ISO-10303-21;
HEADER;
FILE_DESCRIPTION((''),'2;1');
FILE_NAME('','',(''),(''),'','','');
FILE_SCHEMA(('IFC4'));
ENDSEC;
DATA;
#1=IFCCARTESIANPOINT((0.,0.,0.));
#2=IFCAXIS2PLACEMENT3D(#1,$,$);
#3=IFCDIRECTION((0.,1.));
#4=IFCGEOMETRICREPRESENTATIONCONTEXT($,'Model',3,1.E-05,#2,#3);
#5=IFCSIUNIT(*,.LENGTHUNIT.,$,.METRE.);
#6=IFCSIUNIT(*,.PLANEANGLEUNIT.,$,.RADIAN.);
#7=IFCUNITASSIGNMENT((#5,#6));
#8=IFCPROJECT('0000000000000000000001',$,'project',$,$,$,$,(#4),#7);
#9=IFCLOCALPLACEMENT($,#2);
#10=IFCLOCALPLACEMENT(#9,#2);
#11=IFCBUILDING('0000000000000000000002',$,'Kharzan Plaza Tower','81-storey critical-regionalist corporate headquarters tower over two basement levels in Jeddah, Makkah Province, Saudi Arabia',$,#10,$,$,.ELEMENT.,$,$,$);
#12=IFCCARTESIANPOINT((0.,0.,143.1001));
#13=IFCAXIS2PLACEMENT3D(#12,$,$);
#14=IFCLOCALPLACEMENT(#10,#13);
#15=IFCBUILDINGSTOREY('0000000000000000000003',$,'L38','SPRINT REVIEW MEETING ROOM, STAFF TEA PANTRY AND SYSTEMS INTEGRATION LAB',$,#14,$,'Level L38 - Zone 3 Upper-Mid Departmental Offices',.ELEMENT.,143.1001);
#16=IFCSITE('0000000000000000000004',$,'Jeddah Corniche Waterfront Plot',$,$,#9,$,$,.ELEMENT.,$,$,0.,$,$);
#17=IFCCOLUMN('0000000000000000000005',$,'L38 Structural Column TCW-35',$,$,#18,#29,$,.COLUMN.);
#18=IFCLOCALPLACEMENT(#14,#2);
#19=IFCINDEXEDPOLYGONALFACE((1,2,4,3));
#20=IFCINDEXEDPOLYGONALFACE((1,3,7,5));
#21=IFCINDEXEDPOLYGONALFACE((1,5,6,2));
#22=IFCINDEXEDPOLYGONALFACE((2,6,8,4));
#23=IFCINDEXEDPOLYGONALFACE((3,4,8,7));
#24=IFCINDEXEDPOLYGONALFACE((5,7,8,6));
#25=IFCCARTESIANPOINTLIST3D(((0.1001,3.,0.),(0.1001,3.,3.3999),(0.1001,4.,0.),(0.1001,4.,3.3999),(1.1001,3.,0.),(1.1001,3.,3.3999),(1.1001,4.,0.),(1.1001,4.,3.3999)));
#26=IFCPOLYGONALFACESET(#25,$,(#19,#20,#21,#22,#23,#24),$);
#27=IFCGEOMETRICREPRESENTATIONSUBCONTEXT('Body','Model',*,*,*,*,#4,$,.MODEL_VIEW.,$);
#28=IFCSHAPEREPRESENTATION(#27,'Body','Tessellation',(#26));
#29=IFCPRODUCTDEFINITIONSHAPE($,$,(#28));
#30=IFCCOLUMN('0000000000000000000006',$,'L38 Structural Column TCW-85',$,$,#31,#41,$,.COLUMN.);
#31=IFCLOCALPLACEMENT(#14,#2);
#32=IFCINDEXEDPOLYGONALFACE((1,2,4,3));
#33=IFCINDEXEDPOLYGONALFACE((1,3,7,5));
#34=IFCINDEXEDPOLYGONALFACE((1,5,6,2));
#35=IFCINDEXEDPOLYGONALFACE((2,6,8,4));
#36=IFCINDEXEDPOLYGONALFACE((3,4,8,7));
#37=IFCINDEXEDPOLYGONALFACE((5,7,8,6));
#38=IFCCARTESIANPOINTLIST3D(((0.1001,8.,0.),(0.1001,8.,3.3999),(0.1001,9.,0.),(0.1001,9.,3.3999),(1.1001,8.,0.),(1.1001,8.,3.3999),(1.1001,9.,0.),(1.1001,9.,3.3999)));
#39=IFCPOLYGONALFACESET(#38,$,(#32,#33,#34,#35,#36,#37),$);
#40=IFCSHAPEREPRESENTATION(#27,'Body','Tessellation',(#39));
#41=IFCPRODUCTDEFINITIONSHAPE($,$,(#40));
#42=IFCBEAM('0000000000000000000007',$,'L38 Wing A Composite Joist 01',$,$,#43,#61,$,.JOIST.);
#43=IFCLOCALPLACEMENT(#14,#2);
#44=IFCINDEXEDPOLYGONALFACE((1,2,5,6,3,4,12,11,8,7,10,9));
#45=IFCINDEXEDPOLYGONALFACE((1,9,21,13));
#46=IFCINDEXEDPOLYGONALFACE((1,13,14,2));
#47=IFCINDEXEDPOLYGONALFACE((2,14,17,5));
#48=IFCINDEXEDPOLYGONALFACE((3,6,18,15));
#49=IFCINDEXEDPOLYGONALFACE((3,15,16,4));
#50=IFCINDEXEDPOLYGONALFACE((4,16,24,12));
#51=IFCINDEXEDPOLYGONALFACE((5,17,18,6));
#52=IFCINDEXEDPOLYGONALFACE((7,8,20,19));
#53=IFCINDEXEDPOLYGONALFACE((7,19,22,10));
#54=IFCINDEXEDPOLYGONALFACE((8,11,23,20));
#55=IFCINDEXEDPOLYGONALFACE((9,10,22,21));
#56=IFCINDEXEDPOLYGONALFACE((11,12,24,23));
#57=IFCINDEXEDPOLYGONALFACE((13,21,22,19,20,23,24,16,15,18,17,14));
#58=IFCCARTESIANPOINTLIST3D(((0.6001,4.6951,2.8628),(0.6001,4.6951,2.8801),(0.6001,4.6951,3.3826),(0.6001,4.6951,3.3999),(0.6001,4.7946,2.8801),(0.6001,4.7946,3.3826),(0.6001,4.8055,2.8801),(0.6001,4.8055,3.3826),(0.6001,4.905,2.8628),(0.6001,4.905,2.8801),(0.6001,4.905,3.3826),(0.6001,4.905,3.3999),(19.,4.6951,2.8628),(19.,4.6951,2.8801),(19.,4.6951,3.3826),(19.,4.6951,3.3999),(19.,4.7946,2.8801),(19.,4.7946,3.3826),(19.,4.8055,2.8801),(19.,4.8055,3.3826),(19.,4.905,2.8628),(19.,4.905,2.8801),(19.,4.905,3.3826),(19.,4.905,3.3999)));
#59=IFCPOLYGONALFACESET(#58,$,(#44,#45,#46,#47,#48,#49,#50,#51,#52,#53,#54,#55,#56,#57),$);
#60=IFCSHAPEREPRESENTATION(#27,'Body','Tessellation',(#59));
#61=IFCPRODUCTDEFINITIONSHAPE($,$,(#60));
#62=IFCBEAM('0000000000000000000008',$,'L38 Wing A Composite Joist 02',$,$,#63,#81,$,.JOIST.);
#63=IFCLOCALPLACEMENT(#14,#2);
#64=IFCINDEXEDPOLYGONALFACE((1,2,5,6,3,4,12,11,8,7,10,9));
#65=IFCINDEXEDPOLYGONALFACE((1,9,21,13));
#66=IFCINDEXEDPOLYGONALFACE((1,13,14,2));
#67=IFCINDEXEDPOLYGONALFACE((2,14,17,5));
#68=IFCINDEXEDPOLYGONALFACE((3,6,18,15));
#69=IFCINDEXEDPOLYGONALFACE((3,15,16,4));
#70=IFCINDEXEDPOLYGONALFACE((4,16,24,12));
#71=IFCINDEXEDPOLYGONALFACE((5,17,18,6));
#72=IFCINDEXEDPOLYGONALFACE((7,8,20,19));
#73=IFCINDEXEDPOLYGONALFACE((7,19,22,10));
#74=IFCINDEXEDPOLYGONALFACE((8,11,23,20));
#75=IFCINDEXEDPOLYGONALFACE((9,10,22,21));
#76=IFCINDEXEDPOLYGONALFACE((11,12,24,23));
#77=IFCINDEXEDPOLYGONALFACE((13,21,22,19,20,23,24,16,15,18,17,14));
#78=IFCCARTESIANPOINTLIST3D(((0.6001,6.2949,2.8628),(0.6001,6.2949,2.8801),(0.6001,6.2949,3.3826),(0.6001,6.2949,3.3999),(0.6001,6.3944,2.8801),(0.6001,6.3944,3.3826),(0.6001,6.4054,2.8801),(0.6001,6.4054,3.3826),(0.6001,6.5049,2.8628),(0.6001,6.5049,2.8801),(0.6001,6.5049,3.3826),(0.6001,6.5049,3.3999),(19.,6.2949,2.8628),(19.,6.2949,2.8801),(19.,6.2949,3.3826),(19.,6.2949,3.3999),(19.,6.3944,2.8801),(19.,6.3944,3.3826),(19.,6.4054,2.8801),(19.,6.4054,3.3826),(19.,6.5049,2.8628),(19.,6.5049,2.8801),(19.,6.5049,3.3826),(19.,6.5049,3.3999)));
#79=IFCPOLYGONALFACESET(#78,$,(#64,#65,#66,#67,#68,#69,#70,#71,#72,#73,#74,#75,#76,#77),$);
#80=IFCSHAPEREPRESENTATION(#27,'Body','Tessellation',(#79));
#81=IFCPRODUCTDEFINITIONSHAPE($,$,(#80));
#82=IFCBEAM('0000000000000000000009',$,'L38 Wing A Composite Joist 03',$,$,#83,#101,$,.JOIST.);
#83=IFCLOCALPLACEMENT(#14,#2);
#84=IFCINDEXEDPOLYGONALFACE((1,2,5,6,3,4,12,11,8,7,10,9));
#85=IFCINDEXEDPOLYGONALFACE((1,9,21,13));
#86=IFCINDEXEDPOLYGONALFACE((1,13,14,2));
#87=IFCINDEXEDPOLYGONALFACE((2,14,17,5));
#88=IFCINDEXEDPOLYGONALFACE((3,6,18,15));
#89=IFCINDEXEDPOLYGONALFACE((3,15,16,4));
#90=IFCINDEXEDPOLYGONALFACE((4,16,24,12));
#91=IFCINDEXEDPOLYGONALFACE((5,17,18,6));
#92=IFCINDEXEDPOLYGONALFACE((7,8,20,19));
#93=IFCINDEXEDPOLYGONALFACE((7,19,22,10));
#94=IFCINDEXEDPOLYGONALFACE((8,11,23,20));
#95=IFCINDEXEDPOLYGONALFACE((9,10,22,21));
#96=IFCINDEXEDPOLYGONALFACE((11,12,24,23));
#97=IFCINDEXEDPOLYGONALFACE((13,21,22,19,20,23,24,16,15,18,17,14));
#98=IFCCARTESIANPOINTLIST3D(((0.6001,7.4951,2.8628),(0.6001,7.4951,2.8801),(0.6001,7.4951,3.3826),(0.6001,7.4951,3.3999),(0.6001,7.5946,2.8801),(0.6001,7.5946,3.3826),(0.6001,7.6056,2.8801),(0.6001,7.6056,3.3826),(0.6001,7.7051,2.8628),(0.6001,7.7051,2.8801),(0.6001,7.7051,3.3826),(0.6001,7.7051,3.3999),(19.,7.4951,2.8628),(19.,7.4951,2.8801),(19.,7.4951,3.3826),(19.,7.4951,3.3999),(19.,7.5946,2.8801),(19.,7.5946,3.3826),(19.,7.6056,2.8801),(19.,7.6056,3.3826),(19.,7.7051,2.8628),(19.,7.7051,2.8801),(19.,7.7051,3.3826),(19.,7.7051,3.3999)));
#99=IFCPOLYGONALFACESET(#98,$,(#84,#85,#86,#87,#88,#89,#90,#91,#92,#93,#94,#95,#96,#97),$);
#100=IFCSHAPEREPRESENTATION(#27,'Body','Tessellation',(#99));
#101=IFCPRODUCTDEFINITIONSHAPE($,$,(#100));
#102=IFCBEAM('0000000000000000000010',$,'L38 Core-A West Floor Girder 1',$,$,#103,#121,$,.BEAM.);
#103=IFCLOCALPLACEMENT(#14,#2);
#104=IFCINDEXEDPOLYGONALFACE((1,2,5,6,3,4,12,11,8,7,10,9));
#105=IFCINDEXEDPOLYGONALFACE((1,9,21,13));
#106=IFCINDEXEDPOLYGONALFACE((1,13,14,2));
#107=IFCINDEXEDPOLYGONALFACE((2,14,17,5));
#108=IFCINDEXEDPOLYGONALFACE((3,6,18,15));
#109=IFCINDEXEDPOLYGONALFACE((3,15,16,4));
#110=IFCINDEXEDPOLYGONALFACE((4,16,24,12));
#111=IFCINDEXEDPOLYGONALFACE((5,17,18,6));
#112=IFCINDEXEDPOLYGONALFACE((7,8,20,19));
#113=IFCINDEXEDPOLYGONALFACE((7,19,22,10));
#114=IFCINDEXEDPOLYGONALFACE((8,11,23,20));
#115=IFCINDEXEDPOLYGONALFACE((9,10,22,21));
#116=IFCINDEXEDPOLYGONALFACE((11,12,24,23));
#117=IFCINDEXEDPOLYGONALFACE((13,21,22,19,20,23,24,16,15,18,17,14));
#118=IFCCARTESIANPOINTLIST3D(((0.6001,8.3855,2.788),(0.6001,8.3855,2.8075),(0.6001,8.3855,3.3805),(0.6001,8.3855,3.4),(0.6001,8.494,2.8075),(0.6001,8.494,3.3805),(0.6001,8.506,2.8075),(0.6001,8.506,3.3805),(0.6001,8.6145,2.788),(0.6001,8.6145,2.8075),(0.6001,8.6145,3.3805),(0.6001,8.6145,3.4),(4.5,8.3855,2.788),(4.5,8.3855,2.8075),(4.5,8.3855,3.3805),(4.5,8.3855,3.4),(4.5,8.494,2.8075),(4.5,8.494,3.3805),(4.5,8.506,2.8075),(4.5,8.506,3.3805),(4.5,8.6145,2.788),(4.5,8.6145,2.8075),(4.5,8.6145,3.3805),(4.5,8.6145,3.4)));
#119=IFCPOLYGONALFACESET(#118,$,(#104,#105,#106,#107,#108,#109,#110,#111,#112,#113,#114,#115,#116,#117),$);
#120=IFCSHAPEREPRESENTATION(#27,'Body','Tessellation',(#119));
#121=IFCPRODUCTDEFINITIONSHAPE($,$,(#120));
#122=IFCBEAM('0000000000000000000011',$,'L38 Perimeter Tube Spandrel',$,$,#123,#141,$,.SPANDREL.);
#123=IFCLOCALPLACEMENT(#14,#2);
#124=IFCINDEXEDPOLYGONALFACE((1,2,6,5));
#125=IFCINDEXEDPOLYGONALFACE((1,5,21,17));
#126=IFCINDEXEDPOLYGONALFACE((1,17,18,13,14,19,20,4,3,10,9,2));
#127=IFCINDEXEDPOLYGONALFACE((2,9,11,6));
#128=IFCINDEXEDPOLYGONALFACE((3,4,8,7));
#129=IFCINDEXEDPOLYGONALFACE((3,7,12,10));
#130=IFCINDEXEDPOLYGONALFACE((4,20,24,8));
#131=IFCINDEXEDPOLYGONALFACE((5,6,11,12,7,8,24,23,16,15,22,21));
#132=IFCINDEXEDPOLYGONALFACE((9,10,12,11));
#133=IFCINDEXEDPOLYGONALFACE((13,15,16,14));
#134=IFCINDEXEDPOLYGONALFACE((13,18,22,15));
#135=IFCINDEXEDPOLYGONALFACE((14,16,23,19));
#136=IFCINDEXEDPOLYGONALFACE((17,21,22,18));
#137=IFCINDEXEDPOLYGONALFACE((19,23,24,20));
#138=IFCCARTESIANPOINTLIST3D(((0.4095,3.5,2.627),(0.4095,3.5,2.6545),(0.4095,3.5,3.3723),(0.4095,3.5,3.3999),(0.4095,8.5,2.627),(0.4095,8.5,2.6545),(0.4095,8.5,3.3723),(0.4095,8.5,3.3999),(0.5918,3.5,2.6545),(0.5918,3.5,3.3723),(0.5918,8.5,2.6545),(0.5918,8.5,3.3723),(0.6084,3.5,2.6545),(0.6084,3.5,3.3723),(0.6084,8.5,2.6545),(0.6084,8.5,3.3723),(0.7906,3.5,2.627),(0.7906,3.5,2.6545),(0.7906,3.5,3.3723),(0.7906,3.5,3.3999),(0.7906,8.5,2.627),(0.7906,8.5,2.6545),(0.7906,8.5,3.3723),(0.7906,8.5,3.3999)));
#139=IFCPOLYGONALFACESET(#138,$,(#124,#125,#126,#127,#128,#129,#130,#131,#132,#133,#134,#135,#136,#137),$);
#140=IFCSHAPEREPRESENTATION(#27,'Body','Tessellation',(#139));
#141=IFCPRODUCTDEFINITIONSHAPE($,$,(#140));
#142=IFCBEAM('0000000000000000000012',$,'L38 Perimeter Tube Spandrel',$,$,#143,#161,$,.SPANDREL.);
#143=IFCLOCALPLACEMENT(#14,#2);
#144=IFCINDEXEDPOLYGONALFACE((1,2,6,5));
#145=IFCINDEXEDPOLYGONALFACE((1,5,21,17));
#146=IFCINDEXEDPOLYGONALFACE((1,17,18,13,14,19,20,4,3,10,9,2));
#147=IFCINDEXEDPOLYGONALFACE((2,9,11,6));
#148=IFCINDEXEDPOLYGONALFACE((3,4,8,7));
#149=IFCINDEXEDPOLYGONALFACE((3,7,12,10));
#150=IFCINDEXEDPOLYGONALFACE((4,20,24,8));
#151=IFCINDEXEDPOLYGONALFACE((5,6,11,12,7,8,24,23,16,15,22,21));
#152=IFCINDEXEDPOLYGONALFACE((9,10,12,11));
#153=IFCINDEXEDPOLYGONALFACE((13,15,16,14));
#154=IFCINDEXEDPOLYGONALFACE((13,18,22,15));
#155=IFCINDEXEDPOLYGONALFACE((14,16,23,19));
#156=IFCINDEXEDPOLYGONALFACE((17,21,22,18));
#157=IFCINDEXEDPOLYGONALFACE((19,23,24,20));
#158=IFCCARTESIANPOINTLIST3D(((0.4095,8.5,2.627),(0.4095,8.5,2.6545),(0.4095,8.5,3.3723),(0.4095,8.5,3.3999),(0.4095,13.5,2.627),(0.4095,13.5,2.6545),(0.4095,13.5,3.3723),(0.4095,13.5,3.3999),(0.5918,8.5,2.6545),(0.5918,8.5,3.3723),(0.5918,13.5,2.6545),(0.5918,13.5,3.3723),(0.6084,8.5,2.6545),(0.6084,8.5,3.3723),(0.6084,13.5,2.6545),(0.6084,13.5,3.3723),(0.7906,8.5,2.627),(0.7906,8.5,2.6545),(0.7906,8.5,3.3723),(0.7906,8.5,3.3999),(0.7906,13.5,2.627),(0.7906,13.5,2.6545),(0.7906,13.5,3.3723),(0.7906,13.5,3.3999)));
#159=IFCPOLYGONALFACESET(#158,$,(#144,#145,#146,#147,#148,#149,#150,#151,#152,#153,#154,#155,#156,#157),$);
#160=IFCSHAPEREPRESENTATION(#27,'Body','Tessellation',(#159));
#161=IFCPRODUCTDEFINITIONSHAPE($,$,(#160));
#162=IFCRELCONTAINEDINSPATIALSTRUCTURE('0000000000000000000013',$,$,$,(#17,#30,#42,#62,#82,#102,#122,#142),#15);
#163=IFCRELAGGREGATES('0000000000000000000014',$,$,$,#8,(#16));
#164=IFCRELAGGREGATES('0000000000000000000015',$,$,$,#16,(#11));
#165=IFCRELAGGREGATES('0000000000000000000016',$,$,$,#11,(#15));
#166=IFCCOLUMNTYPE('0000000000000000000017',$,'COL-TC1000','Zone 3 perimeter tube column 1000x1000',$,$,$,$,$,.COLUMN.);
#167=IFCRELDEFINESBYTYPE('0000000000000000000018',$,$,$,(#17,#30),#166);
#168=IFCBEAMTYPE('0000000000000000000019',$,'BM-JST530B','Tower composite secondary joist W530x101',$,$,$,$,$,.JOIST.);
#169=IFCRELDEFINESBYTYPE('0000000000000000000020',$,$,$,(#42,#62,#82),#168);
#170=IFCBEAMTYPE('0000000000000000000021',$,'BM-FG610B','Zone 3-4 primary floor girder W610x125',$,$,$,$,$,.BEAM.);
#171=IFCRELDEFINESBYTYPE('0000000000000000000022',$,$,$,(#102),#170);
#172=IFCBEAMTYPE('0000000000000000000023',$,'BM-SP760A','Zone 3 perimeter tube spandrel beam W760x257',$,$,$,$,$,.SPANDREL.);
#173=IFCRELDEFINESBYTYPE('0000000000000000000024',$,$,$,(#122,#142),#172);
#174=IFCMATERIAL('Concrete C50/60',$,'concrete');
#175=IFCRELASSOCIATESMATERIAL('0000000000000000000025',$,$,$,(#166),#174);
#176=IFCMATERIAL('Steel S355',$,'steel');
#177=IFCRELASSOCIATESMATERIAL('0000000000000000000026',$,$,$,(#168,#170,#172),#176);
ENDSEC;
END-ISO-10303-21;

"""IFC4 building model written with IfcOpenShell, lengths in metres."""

from ifc_helpers import new_model, si_unit, direction, frame, origin, origin_2d, place, context, subcontext, project, spatial, rectangle, i_section, extrude, source, transform, mapped, material, material_profile, profile_set, type_object, element, save


model = new_model("IFC4")

# Units and contexts
model_context = context("Model", 3, precision=1e-05, world=origin(), true_north=direction((0.0, 1.0)))
body_context = subcontext(model_context, "Body", "Model", "MODEL_VIEW")
ifc_project = project(units=[si_unit("LENGTHUNIT", "METRE"), si_unit("PLANEANGLEUNIT", "RADIAN")], contexts=[model_context])

# Site, building, storey
site_placement = place(None, origin())
site = spatial("IfcSite", under=ifc_project, at=site_placement, Name="Jeddah Corniche Waterfront Plot", CompositionType="ELEMENT", RefElevation=0.0)
building_placement = place(site_placement, origin())
building = spatial("IfcBuilding", under=site, at=building_placement, Name="Kharzan Plaza Tower", Description="81-storey critical-regionalist corporate headquarters tower over two basement levels in Jeddah, Makkah Province, Saudi Arabia", CompositionType="ELEMENT")
storey_placement = place(building_placement, frame((0.0, 0.0, 143.1001)))
storey = spatial("IfcBuildingStorey", under=building, at=storey_placement, Name="L38", Description="SPRINT REVIEW MEETING ROOM, STAFF TEA PANTRY AND SYSTEMS INTEGRATION LAB", LongName="Level L38 - Zone 3 Upper-Mid Departmental Offices", CompositionType="ELEMENT", Elevation=143.1001)

# Columns
ifc_material_1 = material(Name="Concrete C50/60", Category="concrete")
ifc_material_profile_1 = material_profile(ifc_material_1, rectangle(XDim=1.0, YDim=1.0, at=origin_2d()), Name="RC-TC1000x1000")
ifc_profile_set_1 = profile_set([ifc_material_profile_1], Name="Concrete C50/60")
column_type = type_object("IfcColumnType", Name="COL-TC1000", Description="Zone 3 perimeter tube column 1000x1000", PredefinedType="COLUMN", material=ifc_profile_set_1)
shared_shape_1 = source(origin(), body_context, "Body", "SweptSolid", [
    extrude(rectangle(XDim=1.0, YDim=1.0, at=origin_2d()), origin(), (0.0, 0.0, 1.0), 3.3999),
])
for number, where, z_axis, x_axis, name in (
    (1, (0.6001, 3.5, 0.0), (0.0, 0.0, 1.0), (1.0, 0.0, 0.0), "L38 Structural Column TCW-35"),
    (2, (0.6001, 8.5, 0.0), (0.0, 0.0, 1.0), (1.0, 0.0, 0.0), "L38 Structural Column TCW-85"),
):
    element("IfcColumn", number, at=place(storey_placement, frame(where, z_axis=z_axis, x_axis=x_axis)), inside=storey, type_object=column_type, Name=name, PredefinedType="COLUMN", context=body_context, shape_type="MappedRepresentation", body=[
        mapped(shared_shape_1, transform((0.0, 0.0, 0.0), x_axis=(1.0, 0.0, 0.0), y_axis=(0.0, 1.0, 0.0), z_axis=(0.0, 0.0, 1.0))),
    ])

# Beams
ifc_material_2 = material(Name="Steel S355", Category="steel")
ifc_material_profile_2 = material_profile(ifc_material_2, i_section(OverallWidth=0.21, OverallDepth=0.5371, WebThickness=0.011, FlangeThickness=0.0173, at=origin_2d()), Name="W530x101")
ifc_profile_set_2 = profile_set([ifc_material_profile_2], Name="Steel S355")
beam_type_1 = type_object("IfcBeamType", Name="BM-JST530B", Description="Tower composite secondary joist W530x101", PredefinedType="JOIST", material=ifc_profile_set_2)
shared_shape_2 = source(origin(), body_context, "Body", "SweptSolid", [
    extrude(i_section(OverallWidth=0.21, OverallDepth=0.5371, WebThickness=0.011, FlangeThickness=0.0173, at=origin_2d()), origin(), (0.0, 0.0, 1.0), 18.3999),
])
for number, where, z_axis, x_axis, name in (
    (3, (0.6001, 4.8, 3.1313), (1.0, 0.0, 0.0), (0.0, 1.0, 0.0), "L38 Wing A Composite Joist 01"),
    (4, (0.6001, 6.3999, 3.1313), (1.0, 0.0, 0.0), (0.0, 1.0, 0.0), "L38 Wing A Composite Joist 02"),
    (5, (0.6001, 7.6001, 3.1313), (1.0, 0.0, 0.0), (0.0, 1.0, 0.0), "L38 Wing A Composite Joist 03"),
):
    element("IfcBeam", number, at=place(storey_placement, frame(where, z_axis=z_axis, x_axis=x_axis)), inside=storey, type_object=beam_type_1, Name=name, PredefinedType="JOIST", context=body_context, shape_type="MappedRepresentation", body=[
        mapped(shared_shape_2, transform((0.0, 0.0, 0.0), x_axis=(1.0, 0.0, 0.0), y_axis=(0.0, 1.0, 0.0), z_axis=(0.0, 0.0, 1.0))),
    ])
ifc_material_profile_3 = material_profile(ifc_material_2, i_section(OverallWidth=0.229, OverallDepth=0.6121, WebThickness=0.012, FlangeThickness=0.0195, at=origin_2d()), Name="W610x125")
ifc_profile_set_3 = profile_set([ifc_material_profile_3], Name="Steel S355")
beam_type_2 = type_object("IfcBeamType", Name="BM-FG610B", Description="Zone 3-4 primary floor girder W610x125", PredefinedType="BEAM", material=ifc_profile_set_3)
shared_shape_3 = source(origin(), body_context, "Body", "SweptSolid", [
    extrude(i_section(OverallWidth=0.229, OverallDepth=0.6121, WebThickness=0.012, FlangeThickness=0.0195, at=origin_2d()), origin(), (0.0, 0.0, 1.0), 3.8999),
])
beam_placement = place(storey_placement, frame((0.6001, 8.5, 3.094), z_axis=(1.0, 0.0, 0.0), x_axis=(0.0, 1.0, 0.0)))
element("IfcBeam", 6, at=beam_placement, inside=storey, type_object=beam_type_2, Name="L38 Core-A West Floor Girder 1", PredefinedType="BEAM", context=body_context, shape_type="MappedRepresentation", body=[
    mapped(shared_shape_3, transform((0.0, 0.0, 0.0), x_axis=(1.0, 0.0, 0.0), y_axis=(0.0, 1.0, 0.0), z_axis=(0.0, 0.0, 1.0))),
])
ifc_material_profile_4 = material_profile(ifc_material_2, i_section(OverallWidth=0.3811, OverallDepth=0.7729, WebThickness=0.0166, FlangeThickness=0.0276, at=origin_2d()), Name="W760x257")
ifc_profile_set_4 = profile_set([ifc_material_profile_4], Name="Steel S355")
beam_type_3 = type_object("IfcBeamType", Name="BM-SP760A", Description="Zone 3 perimeter tube spandrel beam W760x257", PredefinedType="SPANDREL", material=ifc_profile_set_4)
shared_shape_4 = source(origin(), body_context, "Body", "SweptSolid", [
    extrude(i_section(OverallWidth=0.3811, OverallDepth=0.7729, WebThickness=0.0166, FlangeThickness=0.0276, at=origin_2d()), origin(), (0.0, 0.0, 1.0), 5.0),
])
for number, where, z_axis, x_axis, name in (
    (7, (0.6001, 3.5, 3.0134), (0.0, 1.0, 0.0), (-1.0, 0.0, 0.0), "L38 Perimeter Tube Spandrel"),
    (8, (0.6001, 8.5, 3.0134), (0.0, 1.0, 0.0), (-1.0, 0.0, 0.0), "L38 Perimeter Tube Spandrel"),
):
    element("IfcBeam", number, at=place(storey_placement, frame(where, z_axis=z_axis, x_axis=x_axis)), inside=storey, type_object=beam_type_3, Name=name, PredefinedType="SPANDREL", context=body_context, shape_type="MappedRepresentation", body=[
        mapped(shared_shape_4, transform((0.0, 0.0, 0.0), x_axis=(1.0, 0.0, 0.0), y_axis=(0.0, 1.0, 0.0), z_axis=(0.0, 0.0, 1.0))),
    ])

save(model, "model.ifc")
